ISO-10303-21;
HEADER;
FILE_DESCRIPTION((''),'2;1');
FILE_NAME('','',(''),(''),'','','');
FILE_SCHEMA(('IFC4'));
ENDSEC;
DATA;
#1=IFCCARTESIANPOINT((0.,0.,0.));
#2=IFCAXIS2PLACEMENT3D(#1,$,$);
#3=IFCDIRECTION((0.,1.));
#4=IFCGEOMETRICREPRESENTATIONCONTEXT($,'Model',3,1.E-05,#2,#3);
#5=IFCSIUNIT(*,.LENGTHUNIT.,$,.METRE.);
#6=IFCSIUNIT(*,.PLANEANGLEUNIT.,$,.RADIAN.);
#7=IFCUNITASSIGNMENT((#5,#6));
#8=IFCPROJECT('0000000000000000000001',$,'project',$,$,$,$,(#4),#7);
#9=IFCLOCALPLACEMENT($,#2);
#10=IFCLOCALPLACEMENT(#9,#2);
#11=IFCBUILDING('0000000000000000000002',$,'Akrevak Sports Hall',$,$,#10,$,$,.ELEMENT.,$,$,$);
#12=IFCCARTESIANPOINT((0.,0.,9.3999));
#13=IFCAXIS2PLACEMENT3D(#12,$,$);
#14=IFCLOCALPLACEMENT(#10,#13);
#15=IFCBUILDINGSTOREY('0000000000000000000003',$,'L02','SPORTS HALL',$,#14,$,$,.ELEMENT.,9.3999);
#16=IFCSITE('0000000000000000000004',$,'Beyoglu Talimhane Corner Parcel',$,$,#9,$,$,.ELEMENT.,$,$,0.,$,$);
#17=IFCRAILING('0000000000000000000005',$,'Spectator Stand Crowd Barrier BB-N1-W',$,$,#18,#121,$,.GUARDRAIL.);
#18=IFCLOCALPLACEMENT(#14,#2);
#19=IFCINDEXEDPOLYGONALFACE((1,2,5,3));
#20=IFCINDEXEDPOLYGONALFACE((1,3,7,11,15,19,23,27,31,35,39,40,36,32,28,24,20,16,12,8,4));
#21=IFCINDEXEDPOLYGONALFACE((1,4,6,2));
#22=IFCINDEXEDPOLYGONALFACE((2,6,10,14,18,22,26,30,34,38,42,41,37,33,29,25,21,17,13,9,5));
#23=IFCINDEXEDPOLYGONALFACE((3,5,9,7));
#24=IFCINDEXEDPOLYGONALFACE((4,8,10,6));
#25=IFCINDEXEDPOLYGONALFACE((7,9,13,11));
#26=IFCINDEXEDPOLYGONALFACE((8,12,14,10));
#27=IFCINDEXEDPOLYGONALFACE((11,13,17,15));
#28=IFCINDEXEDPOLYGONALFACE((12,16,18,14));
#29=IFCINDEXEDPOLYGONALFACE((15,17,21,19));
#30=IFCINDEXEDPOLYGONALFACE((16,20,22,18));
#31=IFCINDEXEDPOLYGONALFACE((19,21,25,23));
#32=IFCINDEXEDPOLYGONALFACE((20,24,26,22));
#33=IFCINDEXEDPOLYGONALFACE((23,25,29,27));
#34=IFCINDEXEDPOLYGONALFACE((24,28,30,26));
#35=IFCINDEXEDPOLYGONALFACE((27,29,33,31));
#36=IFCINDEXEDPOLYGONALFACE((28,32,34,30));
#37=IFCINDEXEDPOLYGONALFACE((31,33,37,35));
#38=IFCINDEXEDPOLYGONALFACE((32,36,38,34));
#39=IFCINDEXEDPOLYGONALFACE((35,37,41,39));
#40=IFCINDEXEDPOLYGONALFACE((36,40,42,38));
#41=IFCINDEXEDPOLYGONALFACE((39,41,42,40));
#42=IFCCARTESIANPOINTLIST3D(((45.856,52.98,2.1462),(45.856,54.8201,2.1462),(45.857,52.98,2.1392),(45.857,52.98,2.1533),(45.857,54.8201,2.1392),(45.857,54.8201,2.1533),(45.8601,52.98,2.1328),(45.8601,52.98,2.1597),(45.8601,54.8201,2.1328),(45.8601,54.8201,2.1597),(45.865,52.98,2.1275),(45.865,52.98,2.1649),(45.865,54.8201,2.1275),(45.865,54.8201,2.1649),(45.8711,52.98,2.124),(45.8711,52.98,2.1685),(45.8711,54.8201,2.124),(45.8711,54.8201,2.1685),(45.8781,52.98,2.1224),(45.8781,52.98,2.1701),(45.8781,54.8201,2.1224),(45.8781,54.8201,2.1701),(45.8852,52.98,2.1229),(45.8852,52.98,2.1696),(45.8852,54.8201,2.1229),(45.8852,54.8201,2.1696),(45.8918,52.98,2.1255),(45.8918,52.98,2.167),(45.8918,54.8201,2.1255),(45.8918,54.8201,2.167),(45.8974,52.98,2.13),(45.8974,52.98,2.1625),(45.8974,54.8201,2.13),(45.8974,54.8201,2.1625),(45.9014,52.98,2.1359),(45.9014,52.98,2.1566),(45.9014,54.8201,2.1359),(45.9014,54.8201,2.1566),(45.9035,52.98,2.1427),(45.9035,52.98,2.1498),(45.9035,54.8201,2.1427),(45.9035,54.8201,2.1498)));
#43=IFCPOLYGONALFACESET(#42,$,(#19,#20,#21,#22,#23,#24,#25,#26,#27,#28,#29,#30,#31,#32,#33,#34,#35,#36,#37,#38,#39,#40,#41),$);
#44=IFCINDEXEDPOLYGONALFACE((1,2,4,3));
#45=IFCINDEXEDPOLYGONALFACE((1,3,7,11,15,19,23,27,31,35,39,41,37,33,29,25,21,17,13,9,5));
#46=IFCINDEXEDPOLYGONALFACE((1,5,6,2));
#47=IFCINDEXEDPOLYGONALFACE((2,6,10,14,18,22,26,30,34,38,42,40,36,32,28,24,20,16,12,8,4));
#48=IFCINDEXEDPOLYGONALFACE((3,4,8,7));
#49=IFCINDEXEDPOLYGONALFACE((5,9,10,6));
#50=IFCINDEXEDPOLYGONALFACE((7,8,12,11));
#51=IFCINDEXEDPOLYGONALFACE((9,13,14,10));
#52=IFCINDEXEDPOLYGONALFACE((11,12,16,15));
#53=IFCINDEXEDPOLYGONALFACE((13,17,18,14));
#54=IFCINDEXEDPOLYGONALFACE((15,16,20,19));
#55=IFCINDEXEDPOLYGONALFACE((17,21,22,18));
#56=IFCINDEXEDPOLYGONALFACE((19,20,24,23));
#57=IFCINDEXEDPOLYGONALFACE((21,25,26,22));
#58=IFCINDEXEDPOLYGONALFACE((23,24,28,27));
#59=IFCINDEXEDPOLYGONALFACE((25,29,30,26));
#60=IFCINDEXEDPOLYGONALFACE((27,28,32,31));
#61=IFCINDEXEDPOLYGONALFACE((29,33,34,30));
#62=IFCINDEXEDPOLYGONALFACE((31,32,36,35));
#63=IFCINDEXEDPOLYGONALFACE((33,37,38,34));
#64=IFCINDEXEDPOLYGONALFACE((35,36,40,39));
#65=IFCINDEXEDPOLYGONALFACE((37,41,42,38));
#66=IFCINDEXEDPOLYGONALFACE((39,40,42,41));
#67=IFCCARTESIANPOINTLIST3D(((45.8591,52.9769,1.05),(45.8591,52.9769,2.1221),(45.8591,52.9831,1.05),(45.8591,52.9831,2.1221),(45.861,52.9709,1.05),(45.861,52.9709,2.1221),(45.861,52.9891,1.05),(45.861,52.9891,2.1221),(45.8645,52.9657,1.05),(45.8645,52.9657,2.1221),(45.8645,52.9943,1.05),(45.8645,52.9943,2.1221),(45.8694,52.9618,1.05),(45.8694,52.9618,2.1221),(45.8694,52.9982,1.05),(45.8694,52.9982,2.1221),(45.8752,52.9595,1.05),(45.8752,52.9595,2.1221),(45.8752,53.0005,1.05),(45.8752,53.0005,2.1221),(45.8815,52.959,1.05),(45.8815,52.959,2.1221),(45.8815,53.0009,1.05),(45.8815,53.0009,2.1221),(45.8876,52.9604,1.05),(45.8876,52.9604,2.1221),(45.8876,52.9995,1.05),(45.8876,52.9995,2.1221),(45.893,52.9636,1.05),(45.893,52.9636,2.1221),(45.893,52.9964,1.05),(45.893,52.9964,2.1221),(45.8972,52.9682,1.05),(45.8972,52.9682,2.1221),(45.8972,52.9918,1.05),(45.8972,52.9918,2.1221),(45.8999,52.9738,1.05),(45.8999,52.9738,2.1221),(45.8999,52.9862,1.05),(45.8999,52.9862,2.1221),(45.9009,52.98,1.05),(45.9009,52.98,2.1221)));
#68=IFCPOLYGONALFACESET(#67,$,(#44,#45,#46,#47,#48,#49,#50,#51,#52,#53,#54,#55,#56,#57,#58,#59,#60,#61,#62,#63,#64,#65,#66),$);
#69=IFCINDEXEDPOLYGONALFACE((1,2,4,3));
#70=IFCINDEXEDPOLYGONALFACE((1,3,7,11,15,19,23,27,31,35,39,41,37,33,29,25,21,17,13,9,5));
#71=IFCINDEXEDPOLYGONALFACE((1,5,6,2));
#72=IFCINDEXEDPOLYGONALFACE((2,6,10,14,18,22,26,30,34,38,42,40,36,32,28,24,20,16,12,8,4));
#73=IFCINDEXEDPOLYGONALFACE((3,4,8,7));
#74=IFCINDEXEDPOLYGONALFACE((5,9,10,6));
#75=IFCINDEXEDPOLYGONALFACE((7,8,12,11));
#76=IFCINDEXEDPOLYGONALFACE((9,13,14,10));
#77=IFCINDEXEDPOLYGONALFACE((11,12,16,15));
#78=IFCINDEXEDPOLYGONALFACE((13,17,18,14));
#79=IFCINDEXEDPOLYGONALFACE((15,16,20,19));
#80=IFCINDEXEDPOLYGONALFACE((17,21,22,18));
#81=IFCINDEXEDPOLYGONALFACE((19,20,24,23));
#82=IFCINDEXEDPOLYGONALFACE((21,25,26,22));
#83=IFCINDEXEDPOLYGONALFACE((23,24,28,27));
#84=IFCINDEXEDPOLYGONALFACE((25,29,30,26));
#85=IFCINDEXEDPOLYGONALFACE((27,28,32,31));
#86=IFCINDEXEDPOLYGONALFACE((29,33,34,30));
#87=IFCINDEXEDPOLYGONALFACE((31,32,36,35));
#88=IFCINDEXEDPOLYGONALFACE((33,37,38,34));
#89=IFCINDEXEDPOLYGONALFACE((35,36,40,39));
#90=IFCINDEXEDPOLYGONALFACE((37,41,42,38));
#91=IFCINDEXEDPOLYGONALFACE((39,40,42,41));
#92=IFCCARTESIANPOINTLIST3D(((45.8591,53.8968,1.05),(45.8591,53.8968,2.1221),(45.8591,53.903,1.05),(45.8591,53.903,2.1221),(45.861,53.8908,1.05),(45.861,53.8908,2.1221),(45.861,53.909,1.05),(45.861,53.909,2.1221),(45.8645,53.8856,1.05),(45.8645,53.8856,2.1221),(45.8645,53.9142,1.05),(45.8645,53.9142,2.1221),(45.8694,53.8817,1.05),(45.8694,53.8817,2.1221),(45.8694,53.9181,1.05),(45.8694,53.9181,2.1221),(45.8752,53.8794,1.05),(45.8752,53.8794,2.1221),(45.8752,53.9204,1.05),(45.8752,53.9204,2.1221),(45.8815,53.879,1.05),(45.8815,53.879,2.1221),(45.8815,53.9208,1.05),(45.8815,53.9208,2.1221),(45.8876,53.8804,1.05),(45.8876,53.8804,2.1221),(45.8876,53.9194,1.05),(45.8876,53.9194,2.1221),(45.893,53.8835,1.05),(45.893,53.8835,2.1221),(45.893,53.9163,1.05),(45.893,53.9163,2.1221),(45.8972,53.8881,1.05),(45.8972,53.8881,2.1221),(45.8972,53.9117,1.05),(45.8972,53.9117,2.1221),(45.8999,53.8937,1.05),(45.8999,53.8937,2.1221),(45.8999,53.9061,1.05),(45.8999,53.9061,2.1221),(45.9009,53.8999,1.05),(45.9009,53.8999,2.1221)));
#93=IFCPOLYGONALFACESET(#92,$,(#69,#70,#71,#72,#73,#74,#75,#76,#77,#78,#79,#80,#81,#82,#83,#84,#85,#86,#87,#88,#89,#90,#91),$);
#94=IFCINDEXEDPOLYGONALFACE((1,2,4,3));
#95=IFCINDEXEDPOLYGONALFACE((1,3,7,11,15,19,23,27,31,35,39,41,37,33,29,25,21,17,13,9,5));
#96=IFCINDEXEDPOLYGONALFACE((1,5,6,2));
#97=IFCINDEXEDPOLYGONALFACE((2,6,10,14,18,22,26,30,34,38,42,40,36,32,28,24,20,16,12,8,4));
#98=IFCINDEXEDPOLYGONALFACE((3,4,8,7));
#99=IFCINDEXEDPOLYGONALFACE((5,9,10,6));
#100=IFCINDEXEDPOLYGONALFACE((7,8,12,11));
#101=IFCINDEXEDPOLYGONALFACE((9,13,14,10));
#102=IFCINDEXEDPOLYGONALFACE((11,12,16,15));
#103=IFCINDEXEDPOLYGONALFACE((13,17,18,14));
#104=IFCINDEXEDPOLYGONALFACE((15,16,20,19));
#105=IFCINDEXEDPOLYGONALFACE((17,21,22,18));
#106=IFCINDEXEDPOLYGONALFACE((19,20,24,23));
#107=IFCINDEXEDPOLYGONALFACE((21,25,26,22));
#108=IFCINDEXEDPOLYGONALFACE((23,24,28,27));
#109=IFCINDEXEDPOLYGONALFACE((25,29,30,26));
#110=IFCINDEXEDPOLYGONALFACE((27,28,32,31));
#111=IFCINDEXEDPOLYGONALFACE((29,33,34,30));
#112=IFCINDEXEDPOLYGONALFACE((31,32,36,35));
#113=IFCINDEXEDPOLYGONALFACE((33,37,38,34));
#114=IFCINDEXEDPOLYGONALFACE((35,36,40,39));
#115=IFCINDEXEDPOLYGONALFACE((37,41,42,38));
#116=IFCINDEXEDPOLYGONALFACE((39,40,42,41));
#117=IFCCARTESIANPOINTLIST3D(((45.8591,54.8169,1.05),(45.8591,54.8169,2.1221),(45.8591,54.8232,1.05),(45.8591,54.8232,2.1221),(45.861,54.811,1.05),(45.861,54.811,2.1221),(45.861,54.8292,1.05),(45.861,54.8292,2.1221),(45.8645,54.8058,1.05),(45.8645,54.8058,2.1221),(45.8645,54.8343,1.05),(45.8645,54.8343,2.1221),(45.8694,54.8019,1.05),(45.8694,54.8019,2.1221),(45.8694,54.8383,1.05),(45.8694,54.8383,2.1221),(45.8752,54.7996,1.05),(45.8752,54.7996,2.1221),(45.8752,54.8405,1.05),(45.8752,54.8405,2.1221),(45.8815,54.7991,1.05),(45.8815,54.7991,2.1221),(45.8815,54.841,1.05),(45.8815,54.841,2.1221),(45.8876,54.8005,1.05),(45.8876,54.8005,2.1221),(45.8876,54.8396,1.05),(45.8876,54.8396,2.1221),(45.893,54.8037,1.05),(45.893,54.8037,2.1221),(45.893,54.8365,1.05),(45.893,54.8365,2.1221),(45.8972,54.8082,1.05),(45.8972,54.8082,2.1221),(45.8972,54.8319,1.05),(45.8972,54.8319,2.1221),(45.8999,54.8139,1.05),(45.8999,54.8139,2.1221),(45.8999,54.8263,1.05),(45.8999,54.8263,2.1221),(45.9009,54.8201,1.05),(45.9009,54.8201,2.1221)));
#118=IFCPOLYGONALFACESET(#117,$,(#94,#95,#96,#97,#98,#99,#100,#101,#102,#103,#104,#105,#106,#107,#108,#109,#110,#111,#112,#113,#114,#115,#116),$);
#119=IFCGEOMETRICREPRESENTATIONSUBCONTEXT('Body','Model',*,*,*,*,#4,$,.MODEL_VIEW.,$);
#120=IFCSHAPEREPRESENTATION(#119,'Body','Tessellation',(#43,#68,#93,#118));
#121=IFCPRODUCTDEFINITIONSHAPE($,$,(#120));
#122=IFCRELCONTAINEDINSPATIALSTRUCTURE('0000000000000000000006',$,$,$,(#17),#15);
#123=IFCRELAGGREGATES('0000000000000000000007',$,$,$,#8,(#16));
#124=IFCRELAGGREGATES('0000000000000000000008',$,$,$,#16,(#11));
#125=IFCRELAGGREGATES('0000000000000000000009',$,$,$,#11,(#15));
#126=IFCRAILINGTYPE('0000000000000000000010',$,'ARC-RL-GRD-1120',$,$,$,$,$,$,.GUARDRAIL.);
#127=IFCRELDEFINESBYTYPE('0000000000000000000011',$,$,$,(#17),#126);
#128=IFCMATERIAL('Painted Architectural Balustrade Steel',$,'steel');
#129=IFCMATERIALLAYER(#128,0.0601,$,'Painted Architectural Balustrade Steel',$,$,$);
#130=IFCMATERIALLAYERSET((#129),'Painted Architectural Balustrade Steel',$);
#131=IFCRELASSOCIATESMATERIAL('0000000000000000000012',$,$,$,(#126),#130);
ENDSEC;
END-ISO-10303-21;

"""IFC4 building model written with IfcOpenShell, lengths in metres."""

from ifc_helpers import new_model, si_unit, direction, frame, origin, origin_2d, place, context, subcontext, project, spatial, circle, extrude, material, layer, layer_set, type_object, element, save


model = new_model("IFC4")

# Units and contexts
model_context = context("Model", 3, precision=1e-05, world=origin(), true_north=direction((0.0, 1.0)))
body_context = subcontext(model_context, "Body", "Model", "MODEL_VIEW")
ifc_project = project(units=[si_unit("LENGTHUNIT", "METRE"), si_unit("PLANEANGLEUNIT", "RADIAN")], contexts=[model_context])

# Site, building, storey
site_placement = place(None, origin())
site = spatial("IfcSite", under=ifc_project, at=site_placement, Name="Beyoglu Talimhane Corner Parcel", CompositionType="ELEMENT", RefElevation=0.0)
building_placement = place(site_placement, origin())
building = spatial("IfcBuilding", under=site, at=building_placement, Name="Akrevak Sports Hall", CompositionType="ELEMENT")
storey_placement = place(building_placement, frame((0.0, 0.0, 9.3999)))
storey = spatial("IfcBuildingStorey", under=building, at=storey_placement, Name="L02", Description="SPORTS HALL", CompositionType="ELEMENT", Elevation=9.3999)

# Railing
ifc_material_1 = material(Name="Painted Architectural Balustrade Steel", Category="steel")
ifc_layer_1 = layer(ifc_material_1, 0.0601, Name="Painted Architectural Balustrade Steel")
ifc_layer_set_1 = layer_set([ifc_layer_1], Name="Painted Architectural Balustrade Steel")
railing_type_1 = type_object("IfcRailingType", Name="ARC-RL-GRD-1120", PredefinedType="GUARDRAIL", material=ifc_layer_set_1)
railing_1_placement = place(storey_placement, frame((45.8799, 52.98, 1.05)))
element("IfcRailing", 1, at=railing_1_placement, inside=storey, type_object=railing_type_1, Name="Spectator Stand Crowd Barrier BB-N1-W", PredefinedType="GUARDRAIL", context=body_context, shape_type="SweptSolid", body=[
    extrude(circle(Radius=0.0239, at=origin_2d()), frame((0.0, 0.0, 1.0962), z_axis=(0.0, 1.0, 0.0), x_axis=(-1.0, 0.0, 0.0)), (0.0, 0.0, 1.0), 1.8401),
    extrude(circle(Radius=0.021, at=origin_2d()), origin(), (0.0, 0.0, 1.0), 1.072),
    extrude(circle(Radius=0.021, at=origin_2d()), frame((0.0, 0.9199, 0.0)), (0.0, 0.0, 1.0), 1.072),
    extrude(circle(Radius=0.021, at=origin_2d()), frame((0.0, 1.8401, 0.0)), (0.0, 0.0, 1.0), 1.072),
])

save(model, "model.ifc")
